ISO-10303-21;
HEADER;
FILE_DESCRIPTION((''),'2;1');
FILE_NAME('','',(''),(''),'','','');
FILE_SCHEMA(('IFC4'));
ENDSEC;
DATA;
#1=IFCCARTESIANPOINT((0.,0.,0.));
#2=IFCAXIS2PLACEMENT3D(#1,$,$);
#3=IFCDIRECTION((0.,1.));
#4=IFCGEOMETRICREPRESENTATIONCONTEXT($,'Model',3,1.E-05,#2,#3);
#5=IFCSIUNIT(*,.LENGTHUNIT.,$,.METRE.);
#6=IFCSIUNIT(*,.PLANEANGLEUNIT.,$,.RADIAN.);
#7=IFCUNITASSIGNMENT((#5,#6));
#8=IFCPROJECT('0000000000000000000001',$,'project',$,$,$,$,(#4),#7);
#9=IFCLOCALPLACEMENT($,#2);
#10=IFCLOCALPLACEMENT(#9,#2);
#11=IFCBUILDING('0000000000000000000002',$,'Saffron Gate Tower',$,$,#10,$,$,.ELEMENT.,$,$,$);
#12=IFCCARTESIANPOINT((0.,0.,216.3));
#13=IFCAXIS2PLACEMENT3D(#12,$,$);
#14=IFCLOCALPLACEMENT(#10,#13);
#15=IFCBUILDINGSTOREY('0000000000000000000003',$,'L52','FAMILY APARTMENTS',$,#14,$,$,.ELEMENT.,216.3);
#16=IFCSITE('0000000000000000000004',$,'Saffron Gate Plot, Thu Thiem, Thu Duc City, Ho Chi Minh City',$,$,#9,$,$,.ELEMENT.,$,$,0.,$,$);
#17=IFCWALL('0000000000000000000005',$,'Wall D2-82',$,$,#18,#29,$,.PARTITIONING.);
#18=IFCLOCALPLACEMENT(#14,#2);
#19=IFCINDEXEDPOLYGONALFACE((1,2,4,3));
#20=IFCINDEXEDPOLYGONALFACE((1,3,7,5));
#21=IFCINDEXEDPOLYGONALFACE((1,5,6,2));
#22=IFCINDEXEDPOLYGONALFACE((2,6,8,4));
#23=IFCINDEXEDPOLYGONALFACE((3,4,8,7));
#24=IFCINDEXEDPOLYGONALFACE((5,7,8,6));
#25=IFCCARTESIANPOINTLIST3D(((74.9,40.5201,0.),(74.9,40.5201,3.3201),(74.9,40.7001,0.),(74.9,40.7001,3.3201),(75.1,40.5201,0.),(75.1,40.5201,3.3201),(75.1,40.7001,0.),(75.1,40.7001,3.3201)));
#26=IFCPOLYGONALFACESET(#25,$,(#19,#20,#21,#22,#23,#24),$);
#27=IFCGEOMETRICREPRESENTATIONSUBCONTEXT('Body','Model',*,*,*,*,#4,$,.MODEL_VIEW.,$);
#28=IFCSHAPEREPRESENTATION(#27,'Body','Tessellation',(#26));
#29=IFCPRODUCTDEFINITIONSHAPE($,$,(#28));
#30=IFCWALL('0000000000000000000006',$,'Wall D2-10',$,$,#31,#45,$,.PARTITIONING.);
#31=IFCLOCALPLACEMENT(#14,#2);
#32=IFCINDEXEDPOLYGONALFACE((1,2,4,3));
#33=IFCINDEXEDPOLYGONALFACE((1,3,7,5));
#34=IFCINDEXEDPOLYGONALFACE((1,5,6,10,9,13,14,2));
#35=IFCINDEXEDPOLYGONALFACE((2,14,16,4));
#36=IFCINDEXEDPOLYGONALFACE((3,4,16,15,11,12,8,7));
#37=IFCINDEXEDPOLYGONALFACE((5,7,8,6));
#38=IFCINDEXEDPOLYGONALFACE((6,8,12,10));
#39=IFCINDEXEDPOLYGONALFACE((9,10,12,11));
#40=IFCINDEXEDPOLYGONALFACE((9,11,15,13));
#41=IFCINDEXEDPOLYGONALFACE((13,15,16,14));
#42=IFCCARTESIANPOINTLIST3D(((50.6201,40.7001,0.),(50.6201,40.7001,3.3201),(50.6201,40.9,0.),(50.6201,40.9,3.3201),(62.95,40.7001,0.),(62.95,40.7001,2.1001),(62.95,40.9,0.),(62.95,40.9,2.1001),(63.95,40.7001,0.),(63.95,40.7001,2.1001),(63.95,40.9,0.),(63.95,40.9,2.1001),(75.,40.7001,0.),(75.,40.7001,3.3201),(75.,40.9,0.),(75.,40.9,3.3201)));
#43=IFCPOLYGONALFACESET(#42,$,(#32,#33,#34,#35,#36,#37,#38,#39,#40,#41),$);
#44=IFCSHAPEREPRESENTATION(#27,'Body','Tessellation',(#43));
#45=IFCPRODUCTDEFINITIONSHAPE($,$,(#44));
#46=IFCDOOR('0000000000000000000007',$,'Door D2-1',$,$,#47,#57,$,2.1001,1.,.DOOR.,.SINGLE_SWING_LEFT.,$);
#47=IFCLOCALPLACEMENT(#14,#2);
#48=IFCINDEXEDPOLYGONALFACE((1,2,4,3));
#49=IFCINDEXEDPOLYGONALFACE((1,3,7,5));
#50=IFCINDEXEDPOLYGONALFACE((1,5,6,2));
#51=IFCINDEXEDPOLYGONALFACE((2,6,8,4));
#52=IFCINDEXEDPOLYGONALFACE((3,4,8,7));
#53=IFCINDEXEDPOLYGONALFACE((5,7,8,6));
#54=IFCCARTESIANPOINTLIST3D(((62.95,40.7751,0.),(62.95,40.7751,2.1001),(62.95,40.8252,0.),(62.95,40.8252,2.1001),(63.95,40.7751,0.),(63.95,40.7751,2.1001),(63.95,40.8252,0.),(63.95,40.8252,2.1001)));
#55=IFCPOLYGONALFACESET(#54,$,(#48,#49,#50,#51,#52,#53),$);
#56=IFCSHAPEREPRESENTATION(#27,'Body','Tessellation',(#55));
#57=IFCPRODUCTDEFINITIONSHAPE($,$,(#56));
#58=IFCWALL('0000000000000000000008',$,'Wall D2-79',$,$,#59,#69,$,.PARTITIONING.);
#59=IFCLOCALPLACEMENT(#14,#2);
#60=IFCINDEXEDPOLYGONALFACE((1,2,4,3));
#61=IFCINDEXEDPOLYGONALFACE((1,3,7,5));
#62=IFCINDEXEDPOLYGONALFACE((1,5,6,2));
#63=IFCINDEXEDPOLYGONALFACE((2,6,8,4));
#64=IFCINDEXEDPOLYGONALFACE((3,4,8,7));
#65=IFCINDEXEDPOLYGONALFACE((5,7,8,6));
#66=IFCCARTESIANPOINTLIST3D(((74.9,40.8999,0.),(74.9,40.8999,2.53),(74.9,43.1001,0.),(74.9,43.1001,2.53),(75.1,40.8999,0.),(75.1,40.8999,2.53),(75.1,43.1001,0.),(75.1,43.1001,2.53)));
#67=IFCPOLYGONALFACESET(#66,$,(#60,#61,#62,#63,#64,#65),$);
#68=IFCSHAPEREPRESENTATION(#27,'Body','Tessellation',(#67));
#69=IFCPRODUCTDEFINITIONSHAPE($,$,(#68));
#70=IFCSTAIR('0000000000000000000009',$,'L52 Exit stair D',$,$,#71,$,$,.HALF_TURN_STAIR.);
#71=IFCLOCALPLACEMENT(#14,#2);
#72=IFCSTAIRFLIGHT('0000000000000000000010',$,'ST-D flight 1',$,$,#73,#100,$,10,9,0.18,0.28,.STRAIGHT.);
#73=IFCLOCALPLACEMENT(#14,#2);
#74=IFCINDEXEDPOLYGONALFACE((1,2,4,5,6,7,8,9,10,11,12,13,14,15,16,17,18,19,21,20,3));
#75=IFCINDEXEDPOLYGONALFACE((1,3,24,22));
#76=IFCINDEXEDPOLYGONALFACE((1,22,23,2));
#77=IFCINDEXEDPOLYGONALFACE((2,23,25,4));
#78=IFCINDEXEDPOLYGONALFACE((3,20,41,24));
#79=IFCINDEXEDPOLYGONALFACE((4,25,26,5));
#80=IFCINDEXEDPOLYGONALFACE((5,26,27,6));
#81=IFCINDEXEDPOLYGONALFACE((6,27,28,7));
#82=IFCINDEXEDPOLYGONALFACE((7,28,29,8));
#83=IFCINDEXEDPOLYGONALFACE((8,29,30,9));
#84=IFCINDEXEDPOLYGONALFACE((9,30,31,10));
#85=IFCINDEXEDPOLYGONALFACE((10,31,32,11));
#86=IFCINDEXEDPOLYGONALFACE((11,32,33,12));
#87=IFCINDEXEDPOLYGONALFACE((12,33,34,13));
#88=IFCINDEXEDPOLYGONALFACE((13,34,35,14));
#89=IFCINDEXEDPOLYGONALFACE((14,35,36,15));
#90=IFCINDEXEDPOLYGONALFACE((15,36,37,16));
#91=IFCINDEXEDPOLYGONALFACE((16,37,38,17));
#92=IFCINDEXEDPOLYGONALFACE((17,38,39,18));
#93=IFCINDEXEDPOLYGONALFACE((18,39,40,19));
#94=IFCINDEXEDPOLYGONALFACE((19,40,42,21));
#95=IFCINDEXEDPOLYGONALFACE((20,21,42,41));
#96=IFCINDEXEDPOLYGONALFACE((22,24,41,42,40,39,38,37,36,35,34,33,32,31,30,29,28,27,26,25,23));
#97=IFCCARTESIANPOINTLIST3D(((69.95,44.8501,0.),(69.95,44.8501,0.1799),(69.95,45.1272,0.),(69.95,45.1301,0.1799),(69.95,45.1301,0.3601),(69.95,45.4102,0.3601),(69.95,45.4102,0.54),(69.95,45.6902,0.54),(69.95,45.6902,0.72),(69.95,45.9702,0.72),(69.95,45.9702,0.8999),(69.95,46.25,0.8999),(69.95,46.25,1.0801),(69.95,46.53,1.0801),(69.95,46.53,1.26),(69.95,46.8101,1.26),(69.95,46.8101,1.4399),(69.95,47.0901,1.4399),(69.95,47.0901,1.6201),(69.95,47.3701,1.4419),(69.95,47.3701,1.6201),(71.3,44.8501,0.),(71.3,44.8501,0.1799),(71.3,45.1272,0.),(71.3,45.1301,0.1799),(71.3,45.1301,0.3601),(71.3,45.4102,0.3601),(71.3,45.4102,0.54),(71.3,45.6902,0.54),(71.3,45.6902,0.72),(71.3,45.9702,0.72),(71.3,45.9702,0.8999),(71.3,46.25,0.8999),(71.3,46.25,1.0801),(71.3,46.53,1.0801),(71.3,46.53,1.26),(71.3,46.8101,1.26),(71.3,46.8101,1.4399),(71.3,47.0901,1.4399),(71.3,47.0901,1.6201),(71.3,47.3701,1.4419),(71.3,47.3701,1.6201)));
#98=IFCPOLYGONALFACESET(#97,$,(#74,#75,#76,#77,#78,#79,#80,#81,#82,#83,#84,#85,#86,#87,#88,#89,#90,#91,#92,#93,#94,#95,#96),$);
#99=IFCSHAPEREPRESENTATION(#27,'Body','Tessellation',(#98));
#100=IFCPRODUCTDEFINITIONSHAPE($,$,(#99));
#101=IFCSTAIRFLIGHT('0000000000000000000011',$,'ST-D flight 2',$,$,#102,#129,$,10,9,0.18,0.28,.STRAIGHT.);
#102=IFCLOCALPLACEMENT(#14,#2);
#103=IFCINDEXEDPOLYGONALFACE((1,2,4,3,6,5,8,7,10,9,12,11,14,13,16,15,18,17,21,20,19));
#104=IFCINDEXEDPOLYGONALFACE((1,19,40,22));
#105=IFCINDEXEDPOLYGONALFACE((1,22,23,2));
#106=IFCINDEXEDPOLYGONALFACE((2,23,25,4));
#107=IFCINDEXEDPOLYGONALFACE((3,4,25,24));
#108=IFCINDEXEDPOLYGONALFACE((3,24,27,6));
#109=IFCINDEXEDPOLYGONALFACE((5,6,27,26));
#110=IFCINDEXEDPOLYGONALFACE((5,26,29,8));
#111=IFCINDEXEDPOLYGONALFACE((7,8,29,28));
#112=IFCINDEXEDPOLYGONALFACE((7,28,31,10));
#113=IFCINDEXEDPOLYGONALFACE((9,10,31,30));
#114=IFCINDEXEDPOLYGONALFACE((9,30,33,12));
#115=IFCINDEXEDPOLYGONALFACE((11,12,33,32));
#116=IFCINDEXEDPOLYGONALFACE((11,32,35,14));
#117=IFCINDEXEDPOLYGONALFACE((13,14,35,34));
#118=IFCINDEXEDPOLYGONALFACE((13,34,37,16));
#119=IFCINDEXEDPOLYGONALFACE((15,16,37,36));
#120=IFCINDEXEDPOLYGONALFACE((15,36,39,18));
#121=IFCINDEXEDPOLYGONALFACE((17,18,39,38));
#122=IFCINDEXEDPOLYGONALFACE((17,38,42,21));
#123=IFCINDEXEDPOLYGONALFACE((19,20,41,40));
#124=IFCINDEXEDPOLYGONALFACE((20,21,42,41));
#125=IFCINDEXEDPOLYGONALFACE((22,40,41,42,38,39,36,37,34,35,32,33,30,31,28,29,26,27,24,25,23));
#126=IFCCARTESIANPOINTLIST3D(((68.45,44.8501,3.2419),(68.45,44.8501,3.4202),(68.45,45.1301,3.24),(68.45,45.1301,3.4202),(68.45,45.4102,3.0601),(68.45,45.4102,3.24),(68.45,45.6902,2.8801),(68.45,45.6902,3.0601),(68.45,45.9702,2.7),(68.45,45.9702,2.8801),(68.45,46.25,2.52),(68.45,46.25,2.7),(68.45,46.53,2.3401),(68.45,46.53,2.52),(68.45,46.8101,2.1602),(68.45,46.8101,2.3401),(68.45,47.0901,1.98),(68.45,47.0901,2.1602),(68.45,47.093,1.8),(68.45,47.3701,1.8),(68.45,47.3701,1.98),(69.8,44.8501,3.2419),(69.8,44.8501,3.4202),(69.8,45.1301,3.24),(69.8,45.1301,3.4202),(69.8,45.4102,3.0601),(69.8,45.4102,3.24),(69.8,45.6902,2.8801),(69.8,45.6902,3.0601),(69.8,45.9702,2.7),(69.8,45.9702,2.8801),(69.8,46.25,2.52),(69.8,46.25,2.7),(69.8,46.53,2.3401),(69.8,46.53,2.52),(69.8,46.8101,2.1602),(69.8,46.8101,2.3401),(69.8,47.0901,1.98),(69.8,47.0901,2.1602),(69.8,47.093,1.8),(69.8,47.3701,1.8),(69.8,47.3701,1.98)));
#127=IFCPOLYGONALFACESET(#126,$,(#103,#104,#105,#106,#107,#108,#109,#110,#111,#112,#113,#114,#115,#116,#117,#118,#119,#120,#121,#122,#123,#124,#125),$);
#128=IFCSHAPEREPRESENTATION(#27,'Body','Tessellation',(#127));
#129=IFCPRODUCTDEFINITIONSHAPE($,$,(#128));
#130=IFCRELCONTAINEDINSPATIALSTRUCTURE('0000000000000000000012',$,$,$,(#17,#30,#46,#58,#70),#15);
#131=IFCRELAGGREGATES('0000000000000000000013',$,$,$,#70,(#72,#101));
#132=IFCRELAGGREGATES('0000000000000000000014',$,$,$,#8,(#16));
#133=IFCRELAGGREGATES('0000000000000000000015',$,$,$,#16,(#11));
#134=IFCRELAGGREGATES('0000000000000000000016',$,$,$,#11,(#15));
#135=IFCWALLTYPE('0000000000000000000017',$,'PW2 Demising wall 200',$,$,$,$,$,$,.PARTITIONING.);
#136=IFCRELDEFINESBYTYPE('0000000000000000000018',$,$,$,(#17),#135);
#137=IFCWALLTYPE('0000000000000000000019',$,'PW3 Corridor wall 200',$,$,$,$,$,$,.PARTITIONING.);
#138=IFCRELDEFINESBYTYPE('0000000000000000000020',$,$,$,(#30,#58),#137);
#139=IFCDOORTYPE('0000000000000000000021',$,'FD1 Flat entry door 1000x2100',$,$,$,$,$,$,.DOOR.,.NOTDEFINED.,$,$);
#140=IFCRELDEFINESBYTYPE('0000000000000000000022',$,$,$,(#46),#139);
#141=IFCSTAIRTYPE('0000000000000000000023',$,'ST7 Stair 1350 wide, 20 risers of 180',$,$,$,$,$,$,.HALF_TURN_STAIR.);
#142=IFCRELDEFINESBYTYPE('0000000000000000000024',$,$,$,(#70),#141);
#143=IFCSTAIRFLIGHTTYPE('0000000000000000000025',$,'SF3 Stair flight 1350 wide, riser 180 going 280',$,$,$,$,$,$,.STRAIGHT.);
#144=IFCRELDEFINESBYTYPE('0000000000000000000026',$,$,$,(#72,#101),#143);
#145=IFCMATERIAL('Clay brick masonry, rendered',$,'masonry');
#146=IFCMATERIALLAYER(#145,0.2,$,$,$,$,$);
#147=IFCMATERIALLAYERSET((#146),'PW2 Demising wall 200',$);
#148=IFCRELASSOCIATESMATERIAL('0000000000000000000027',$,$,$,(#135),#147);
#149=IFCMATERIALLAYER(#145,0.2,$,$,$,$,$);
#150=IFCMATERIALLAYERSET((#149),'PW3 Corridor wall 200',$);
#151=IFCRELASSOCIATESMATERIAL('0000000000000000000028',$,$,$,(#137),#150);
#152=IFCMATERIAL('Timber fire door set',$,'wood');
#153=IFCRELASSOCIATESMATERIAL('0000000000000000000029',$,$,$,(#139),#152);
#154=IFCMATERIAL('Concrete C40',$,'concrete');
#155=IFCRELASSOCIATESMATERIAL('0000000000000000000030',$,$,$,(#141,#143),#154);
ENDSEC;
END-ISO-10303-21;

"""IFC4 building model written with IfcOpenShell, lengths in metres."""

from ifc_helpers import new_model, si_unit, direction, frame, frame_2d, origin, place, context, subcontext, project, spatial, polyline, rectangle, outline, extrude, material, layer, layer_set, type_object, element, fill, aggregate, save


model = new_model("IFC4")

# Units and contexts
model_context = context("Model", 3, precision=1e-05, world=origin(), true_north=direction((0.0, 1.0)))
body_context = subcontext(model_context, "Body", "Model", "MODEL_VIEW")
ifc_project = project(units=[si_unit("LENGTHUNIT", "METRE"), si_unit("PLANEANGLEUNIT", "RADIAN")], contexts=[model_context])

# Site, building, storey
site_placement = place(None, origin())
site = spatial("IfcSite", under=ifc_project, at=site_placement, Name="Saffron Gate Plot, Thu Thiem, Thu Duc City, Ho Chi Minh City", CompositionType="ELEMENT", RefElevation=0.0)
building_placement = place(site_placement, origin())
building = spatial("IfcBuilding", under=site, at=building_placement, Name="Saffron Gate Tower", CompositionType="ELEMENT")
storey_placement = place(building_placement, frame((0.0, 0.0, 216.3)))
storey = spatial("IfcBuildingStorey", under=building, at=storey_placement, Name="L52", Description="FAMILY APARTMENTS", CompositionType="ELEMENT", Elevation=216.3)

# Wall
ifc_material_1 = material(Name="Clay brick masonry, rendered", Category="masonry")
ifc_layer_1 = layer(ifc_material_1, 0.2)
ifc_layer_set_1 = layer_set([ifc_layer_1], Name="PW2 Demising wall 200")
wall_type_1 = type_object("IfcWallType", Name="PW2 Demising wall 200", PredefinedType="PARTITIONING", material=ifc_layer_set_1)
wall_1_placement = place(storey_placement, frame((75.0, 40.7, 0.0), z_axis=(0.0, 0.0, 1.0), x_axis=(0.0, -1.0, 0.0)))
element("IfcWall", 1, at=wall_1_placement, inside=storey, type_object=wall_type_1, Name="Wall D2-82", PredefinedType="PARTITIONING", context=body_context, shape_type="SweptSolid", body=[
    extrude(rectangle(XDim=0.1799, YDim=0.2, at=frame_2d((0.0898, 0.0))), origin(), (0.0, 0.0, 1.0), 3.3201),
])

# Wall, opening, door
ifc_layer_2 = layer(ifc_material_1, 0.2)
ifc_layer_set_2 = layer_set([ifc_layer_2], Name="PW3 Corridor wall 200")
wall_type_2 = type_object("IfcWallType", Name="PW3 Corridor wall 200", PredefinedType="PARTITIONING", material=ifc_layer_set_2)
wall_2_placement = place(storey_placement, frame((75.0, 40.8, 0.0), z_axis=(0.0, 0.0, 1.0), x_axis=(-1.0, 0.0, 0.0)))
wall_2 = element("IfcWall", 2, at=wall_2_placement, inside=storey, type_object=wall_type_2, Name="Wall D2-10", PredefinedType="PARTITIONING", context=body_context, shape_type="SweptSolid", body=[
    extrude(rectangle(XDim=24.3799, YDim=0.2, at=frame_2d((12.1899, 0.0))), origin(), (0.0, 0.0, 1.0), 3.3201),
])
opening_1_placement = place(wall_2_placement, frame((11.05, 0.0, 0.0)))
opening_1 = element("IfcOpeningElement", 3, at=opening_1_placement, cuts=wall_2, PredefinedType="OPENING", context=body_context, shape_type="SweptSolid", body=[
    extrude(rectangle(XDim=1.0, YDim=2.1001, at=frame_2d((0.5, 1.05))), frame((0.0, 0.1099, 0.0), z_axis=(0.0, -1.0, 0.0), x_axis=(1.0, 0.0, 0.0)), (0.0, 0.0, 1.0), 0.22),
])
ifc_material_2 = material(Name="Timber fire door set", Category="wood")
door_type_1 = type_object("IfcDoorType", Name="FD1 Flat entry door 1000x2100", OperationType="NOTDEFINED", PredefinedType="DOOR", material=ifc_material_2)
door_1_placement = place(opening_1_placement, origin())
door_1 = element("IfcDoor", 4, at=door_1_placement, inside=storey, type_object=door_type_1, Name="Door D2-1", OperationType="SINGLE_SWING_LEFT", OverallHeight=2.1001, OverallWidth=1.0, PredefinedType="DOOR", context=body_context, shape_type="SweptSolid", body=[
    extrude(rectangle(XDim=1.0, YDim=2.1001, at=frame_2d((0.5, 1.05))), frame((0.0, 0.0249, 0.0), z_axis=(0.0, -1.0, 0.0), x_axis=(1.0, 0.0, 0.0)), (0.0, 0.0, 1.0), 0.05),
])
fill(opening_1, door_1)

# Wall
wall_3_placement = place(storey_placement, frame((75.0, 43.1001, 0.0), z_axis=(0.0, 0.0, 1.0), x_axis=(0.0, -1.0, 0.0)))
element("IfcWall", 5, at=wall_3_placement, inside=storey, type_object=wall_type_2, Name="Wall D2-79", PredefinedType="PARTITIONING", context=body_context, shape_type="SweptSolid", body=[
    extrude(rectangle(XDim=2.2002, YDim=0.2, at=frame_2d((1.1001, 0.0))), origin(), (0.0, 0.0, 1.0), 2.53),
])

# Stair, stair flights
ifc_material_3 = material(Name="Concrete C40", Category="concrete")
stair_type = type_object("IfcStairType", Name="ST7 Stair 1350 wide, 20 risers of 180", PredefinedType="HALF_TURN_STAIR", material=ifc_material_3)
stair_placement = place(storey_placement, origin())
stair = element("IfcStair", 6, at=stair_placement, inside=storey, type_object=stair_type, Name="L52 Exit stair D", PredefinedType="HALF_TURN_STAIR")
stair_flight_type = type_object("IfcStairFlightType", Name="SF3 Stair flight 1350 wide, riser 180 going 280", PredefinedType="STRAIGHT", material=ifc_material_3)
stair_flight_1_placement = place(storey_placement, frame((70.625, 44.8501, 0.0), z_axis=(0.0, 0.0, 1.0), x_axis=(0.0, 1.0, 0.0)))
stair_flight_1 = element("IfcStairFlight", 7, at=stair_flight_1_placement, type_object=stair_flight_type, Name="ST-D flight 1", NumberOfRisers=10, NumberOfTreads=9, PredefinedType="STRAIGHT", RiserHeight=0.18, TreadLength=0.28, context=body_context, shape_type="SweptSolid", body=[
    extrude(outline(polyline([(0.0, 0.0), (0.0, 0.1799), (0.28, 0.1799), (0.28, 0.3601), (0.5601, 0.3601), (0.5601, 0.54), (0.8401, 0.54), (0.8401, 0.72), (1.1201, 0.72), (1.1201, 0.8999), (1.3999, 0.8999), (1.3999, 1.0801), (1.6799, 1.0801), (1.6799, 1.26), (1.96, 1.26), (1.96, 1.4399), (2.24, 1.4399), (2.24, 1.6201), (2.52, 1.6201), (2.52, 1.8), (2.52, 1.4419), (0.2771, 0.0), (0.0, 0.0)])), frame((0.0, 0.675, 0.0), z_axis=(0.0, -1.0, 0.0), x_axis=(1.0, 0.0, 0.0)), (0.0, 0.0, 1.0), 1.3501),
])
stair_flight_2_placement = place(storey_placement, frame((69.125, 47.3701, 1.8), z_axis=(0.0, 0.0, 1.0), x_axis=(0.0, -1.0, 0.0)))
stair_flight_2 = element("IfcStairFlight", 8, at=stair_flight_2_placement, type_object=stair_flight_type, Name="ST-D flight 2", NumberOfRisers=10, NumberOfTreads=9, PredefinedType="STRAIGHT", RiserHeight=0.18, TreadLength=0.28, context=body_context, shape_type="SweptSolid", body=[
    extrude(outline(polyline([(0.0, 0.0), (0.0, 0.1799), (0.28, 0.1799), (0.28, 0.3601), (0.5601, 0.3601), (0.5601, 0.54), (0.8401, 0.54), (0.8401, 0.72), (1.1201, 0.72), (1.1201, 0.8999), (1.3999, 0.8999), (1.3999, 1.0801), (1.6799, 1.0801), (1.6799, 1.26), (1.96, 1.26), (1.96, 1.4399), (2.24, 1.4399), (2.24, 1.6201), (2.52, 1.6201), (2.52, 1.8), (2.52, 1.4419), (0.2771, 0.0), (0.0, 0.0)])), frame((0.0, 0.675, 0.0), z_axis=(0.0, -1.0, 0.0), x_axis=(1.0, 0.0, 0.0)), (0.0, 0.0, 1.0), 1.3501),
])
aggregate(stair, [stair_flight_1, stair_flight_2])

save(model, "model.ifc")
